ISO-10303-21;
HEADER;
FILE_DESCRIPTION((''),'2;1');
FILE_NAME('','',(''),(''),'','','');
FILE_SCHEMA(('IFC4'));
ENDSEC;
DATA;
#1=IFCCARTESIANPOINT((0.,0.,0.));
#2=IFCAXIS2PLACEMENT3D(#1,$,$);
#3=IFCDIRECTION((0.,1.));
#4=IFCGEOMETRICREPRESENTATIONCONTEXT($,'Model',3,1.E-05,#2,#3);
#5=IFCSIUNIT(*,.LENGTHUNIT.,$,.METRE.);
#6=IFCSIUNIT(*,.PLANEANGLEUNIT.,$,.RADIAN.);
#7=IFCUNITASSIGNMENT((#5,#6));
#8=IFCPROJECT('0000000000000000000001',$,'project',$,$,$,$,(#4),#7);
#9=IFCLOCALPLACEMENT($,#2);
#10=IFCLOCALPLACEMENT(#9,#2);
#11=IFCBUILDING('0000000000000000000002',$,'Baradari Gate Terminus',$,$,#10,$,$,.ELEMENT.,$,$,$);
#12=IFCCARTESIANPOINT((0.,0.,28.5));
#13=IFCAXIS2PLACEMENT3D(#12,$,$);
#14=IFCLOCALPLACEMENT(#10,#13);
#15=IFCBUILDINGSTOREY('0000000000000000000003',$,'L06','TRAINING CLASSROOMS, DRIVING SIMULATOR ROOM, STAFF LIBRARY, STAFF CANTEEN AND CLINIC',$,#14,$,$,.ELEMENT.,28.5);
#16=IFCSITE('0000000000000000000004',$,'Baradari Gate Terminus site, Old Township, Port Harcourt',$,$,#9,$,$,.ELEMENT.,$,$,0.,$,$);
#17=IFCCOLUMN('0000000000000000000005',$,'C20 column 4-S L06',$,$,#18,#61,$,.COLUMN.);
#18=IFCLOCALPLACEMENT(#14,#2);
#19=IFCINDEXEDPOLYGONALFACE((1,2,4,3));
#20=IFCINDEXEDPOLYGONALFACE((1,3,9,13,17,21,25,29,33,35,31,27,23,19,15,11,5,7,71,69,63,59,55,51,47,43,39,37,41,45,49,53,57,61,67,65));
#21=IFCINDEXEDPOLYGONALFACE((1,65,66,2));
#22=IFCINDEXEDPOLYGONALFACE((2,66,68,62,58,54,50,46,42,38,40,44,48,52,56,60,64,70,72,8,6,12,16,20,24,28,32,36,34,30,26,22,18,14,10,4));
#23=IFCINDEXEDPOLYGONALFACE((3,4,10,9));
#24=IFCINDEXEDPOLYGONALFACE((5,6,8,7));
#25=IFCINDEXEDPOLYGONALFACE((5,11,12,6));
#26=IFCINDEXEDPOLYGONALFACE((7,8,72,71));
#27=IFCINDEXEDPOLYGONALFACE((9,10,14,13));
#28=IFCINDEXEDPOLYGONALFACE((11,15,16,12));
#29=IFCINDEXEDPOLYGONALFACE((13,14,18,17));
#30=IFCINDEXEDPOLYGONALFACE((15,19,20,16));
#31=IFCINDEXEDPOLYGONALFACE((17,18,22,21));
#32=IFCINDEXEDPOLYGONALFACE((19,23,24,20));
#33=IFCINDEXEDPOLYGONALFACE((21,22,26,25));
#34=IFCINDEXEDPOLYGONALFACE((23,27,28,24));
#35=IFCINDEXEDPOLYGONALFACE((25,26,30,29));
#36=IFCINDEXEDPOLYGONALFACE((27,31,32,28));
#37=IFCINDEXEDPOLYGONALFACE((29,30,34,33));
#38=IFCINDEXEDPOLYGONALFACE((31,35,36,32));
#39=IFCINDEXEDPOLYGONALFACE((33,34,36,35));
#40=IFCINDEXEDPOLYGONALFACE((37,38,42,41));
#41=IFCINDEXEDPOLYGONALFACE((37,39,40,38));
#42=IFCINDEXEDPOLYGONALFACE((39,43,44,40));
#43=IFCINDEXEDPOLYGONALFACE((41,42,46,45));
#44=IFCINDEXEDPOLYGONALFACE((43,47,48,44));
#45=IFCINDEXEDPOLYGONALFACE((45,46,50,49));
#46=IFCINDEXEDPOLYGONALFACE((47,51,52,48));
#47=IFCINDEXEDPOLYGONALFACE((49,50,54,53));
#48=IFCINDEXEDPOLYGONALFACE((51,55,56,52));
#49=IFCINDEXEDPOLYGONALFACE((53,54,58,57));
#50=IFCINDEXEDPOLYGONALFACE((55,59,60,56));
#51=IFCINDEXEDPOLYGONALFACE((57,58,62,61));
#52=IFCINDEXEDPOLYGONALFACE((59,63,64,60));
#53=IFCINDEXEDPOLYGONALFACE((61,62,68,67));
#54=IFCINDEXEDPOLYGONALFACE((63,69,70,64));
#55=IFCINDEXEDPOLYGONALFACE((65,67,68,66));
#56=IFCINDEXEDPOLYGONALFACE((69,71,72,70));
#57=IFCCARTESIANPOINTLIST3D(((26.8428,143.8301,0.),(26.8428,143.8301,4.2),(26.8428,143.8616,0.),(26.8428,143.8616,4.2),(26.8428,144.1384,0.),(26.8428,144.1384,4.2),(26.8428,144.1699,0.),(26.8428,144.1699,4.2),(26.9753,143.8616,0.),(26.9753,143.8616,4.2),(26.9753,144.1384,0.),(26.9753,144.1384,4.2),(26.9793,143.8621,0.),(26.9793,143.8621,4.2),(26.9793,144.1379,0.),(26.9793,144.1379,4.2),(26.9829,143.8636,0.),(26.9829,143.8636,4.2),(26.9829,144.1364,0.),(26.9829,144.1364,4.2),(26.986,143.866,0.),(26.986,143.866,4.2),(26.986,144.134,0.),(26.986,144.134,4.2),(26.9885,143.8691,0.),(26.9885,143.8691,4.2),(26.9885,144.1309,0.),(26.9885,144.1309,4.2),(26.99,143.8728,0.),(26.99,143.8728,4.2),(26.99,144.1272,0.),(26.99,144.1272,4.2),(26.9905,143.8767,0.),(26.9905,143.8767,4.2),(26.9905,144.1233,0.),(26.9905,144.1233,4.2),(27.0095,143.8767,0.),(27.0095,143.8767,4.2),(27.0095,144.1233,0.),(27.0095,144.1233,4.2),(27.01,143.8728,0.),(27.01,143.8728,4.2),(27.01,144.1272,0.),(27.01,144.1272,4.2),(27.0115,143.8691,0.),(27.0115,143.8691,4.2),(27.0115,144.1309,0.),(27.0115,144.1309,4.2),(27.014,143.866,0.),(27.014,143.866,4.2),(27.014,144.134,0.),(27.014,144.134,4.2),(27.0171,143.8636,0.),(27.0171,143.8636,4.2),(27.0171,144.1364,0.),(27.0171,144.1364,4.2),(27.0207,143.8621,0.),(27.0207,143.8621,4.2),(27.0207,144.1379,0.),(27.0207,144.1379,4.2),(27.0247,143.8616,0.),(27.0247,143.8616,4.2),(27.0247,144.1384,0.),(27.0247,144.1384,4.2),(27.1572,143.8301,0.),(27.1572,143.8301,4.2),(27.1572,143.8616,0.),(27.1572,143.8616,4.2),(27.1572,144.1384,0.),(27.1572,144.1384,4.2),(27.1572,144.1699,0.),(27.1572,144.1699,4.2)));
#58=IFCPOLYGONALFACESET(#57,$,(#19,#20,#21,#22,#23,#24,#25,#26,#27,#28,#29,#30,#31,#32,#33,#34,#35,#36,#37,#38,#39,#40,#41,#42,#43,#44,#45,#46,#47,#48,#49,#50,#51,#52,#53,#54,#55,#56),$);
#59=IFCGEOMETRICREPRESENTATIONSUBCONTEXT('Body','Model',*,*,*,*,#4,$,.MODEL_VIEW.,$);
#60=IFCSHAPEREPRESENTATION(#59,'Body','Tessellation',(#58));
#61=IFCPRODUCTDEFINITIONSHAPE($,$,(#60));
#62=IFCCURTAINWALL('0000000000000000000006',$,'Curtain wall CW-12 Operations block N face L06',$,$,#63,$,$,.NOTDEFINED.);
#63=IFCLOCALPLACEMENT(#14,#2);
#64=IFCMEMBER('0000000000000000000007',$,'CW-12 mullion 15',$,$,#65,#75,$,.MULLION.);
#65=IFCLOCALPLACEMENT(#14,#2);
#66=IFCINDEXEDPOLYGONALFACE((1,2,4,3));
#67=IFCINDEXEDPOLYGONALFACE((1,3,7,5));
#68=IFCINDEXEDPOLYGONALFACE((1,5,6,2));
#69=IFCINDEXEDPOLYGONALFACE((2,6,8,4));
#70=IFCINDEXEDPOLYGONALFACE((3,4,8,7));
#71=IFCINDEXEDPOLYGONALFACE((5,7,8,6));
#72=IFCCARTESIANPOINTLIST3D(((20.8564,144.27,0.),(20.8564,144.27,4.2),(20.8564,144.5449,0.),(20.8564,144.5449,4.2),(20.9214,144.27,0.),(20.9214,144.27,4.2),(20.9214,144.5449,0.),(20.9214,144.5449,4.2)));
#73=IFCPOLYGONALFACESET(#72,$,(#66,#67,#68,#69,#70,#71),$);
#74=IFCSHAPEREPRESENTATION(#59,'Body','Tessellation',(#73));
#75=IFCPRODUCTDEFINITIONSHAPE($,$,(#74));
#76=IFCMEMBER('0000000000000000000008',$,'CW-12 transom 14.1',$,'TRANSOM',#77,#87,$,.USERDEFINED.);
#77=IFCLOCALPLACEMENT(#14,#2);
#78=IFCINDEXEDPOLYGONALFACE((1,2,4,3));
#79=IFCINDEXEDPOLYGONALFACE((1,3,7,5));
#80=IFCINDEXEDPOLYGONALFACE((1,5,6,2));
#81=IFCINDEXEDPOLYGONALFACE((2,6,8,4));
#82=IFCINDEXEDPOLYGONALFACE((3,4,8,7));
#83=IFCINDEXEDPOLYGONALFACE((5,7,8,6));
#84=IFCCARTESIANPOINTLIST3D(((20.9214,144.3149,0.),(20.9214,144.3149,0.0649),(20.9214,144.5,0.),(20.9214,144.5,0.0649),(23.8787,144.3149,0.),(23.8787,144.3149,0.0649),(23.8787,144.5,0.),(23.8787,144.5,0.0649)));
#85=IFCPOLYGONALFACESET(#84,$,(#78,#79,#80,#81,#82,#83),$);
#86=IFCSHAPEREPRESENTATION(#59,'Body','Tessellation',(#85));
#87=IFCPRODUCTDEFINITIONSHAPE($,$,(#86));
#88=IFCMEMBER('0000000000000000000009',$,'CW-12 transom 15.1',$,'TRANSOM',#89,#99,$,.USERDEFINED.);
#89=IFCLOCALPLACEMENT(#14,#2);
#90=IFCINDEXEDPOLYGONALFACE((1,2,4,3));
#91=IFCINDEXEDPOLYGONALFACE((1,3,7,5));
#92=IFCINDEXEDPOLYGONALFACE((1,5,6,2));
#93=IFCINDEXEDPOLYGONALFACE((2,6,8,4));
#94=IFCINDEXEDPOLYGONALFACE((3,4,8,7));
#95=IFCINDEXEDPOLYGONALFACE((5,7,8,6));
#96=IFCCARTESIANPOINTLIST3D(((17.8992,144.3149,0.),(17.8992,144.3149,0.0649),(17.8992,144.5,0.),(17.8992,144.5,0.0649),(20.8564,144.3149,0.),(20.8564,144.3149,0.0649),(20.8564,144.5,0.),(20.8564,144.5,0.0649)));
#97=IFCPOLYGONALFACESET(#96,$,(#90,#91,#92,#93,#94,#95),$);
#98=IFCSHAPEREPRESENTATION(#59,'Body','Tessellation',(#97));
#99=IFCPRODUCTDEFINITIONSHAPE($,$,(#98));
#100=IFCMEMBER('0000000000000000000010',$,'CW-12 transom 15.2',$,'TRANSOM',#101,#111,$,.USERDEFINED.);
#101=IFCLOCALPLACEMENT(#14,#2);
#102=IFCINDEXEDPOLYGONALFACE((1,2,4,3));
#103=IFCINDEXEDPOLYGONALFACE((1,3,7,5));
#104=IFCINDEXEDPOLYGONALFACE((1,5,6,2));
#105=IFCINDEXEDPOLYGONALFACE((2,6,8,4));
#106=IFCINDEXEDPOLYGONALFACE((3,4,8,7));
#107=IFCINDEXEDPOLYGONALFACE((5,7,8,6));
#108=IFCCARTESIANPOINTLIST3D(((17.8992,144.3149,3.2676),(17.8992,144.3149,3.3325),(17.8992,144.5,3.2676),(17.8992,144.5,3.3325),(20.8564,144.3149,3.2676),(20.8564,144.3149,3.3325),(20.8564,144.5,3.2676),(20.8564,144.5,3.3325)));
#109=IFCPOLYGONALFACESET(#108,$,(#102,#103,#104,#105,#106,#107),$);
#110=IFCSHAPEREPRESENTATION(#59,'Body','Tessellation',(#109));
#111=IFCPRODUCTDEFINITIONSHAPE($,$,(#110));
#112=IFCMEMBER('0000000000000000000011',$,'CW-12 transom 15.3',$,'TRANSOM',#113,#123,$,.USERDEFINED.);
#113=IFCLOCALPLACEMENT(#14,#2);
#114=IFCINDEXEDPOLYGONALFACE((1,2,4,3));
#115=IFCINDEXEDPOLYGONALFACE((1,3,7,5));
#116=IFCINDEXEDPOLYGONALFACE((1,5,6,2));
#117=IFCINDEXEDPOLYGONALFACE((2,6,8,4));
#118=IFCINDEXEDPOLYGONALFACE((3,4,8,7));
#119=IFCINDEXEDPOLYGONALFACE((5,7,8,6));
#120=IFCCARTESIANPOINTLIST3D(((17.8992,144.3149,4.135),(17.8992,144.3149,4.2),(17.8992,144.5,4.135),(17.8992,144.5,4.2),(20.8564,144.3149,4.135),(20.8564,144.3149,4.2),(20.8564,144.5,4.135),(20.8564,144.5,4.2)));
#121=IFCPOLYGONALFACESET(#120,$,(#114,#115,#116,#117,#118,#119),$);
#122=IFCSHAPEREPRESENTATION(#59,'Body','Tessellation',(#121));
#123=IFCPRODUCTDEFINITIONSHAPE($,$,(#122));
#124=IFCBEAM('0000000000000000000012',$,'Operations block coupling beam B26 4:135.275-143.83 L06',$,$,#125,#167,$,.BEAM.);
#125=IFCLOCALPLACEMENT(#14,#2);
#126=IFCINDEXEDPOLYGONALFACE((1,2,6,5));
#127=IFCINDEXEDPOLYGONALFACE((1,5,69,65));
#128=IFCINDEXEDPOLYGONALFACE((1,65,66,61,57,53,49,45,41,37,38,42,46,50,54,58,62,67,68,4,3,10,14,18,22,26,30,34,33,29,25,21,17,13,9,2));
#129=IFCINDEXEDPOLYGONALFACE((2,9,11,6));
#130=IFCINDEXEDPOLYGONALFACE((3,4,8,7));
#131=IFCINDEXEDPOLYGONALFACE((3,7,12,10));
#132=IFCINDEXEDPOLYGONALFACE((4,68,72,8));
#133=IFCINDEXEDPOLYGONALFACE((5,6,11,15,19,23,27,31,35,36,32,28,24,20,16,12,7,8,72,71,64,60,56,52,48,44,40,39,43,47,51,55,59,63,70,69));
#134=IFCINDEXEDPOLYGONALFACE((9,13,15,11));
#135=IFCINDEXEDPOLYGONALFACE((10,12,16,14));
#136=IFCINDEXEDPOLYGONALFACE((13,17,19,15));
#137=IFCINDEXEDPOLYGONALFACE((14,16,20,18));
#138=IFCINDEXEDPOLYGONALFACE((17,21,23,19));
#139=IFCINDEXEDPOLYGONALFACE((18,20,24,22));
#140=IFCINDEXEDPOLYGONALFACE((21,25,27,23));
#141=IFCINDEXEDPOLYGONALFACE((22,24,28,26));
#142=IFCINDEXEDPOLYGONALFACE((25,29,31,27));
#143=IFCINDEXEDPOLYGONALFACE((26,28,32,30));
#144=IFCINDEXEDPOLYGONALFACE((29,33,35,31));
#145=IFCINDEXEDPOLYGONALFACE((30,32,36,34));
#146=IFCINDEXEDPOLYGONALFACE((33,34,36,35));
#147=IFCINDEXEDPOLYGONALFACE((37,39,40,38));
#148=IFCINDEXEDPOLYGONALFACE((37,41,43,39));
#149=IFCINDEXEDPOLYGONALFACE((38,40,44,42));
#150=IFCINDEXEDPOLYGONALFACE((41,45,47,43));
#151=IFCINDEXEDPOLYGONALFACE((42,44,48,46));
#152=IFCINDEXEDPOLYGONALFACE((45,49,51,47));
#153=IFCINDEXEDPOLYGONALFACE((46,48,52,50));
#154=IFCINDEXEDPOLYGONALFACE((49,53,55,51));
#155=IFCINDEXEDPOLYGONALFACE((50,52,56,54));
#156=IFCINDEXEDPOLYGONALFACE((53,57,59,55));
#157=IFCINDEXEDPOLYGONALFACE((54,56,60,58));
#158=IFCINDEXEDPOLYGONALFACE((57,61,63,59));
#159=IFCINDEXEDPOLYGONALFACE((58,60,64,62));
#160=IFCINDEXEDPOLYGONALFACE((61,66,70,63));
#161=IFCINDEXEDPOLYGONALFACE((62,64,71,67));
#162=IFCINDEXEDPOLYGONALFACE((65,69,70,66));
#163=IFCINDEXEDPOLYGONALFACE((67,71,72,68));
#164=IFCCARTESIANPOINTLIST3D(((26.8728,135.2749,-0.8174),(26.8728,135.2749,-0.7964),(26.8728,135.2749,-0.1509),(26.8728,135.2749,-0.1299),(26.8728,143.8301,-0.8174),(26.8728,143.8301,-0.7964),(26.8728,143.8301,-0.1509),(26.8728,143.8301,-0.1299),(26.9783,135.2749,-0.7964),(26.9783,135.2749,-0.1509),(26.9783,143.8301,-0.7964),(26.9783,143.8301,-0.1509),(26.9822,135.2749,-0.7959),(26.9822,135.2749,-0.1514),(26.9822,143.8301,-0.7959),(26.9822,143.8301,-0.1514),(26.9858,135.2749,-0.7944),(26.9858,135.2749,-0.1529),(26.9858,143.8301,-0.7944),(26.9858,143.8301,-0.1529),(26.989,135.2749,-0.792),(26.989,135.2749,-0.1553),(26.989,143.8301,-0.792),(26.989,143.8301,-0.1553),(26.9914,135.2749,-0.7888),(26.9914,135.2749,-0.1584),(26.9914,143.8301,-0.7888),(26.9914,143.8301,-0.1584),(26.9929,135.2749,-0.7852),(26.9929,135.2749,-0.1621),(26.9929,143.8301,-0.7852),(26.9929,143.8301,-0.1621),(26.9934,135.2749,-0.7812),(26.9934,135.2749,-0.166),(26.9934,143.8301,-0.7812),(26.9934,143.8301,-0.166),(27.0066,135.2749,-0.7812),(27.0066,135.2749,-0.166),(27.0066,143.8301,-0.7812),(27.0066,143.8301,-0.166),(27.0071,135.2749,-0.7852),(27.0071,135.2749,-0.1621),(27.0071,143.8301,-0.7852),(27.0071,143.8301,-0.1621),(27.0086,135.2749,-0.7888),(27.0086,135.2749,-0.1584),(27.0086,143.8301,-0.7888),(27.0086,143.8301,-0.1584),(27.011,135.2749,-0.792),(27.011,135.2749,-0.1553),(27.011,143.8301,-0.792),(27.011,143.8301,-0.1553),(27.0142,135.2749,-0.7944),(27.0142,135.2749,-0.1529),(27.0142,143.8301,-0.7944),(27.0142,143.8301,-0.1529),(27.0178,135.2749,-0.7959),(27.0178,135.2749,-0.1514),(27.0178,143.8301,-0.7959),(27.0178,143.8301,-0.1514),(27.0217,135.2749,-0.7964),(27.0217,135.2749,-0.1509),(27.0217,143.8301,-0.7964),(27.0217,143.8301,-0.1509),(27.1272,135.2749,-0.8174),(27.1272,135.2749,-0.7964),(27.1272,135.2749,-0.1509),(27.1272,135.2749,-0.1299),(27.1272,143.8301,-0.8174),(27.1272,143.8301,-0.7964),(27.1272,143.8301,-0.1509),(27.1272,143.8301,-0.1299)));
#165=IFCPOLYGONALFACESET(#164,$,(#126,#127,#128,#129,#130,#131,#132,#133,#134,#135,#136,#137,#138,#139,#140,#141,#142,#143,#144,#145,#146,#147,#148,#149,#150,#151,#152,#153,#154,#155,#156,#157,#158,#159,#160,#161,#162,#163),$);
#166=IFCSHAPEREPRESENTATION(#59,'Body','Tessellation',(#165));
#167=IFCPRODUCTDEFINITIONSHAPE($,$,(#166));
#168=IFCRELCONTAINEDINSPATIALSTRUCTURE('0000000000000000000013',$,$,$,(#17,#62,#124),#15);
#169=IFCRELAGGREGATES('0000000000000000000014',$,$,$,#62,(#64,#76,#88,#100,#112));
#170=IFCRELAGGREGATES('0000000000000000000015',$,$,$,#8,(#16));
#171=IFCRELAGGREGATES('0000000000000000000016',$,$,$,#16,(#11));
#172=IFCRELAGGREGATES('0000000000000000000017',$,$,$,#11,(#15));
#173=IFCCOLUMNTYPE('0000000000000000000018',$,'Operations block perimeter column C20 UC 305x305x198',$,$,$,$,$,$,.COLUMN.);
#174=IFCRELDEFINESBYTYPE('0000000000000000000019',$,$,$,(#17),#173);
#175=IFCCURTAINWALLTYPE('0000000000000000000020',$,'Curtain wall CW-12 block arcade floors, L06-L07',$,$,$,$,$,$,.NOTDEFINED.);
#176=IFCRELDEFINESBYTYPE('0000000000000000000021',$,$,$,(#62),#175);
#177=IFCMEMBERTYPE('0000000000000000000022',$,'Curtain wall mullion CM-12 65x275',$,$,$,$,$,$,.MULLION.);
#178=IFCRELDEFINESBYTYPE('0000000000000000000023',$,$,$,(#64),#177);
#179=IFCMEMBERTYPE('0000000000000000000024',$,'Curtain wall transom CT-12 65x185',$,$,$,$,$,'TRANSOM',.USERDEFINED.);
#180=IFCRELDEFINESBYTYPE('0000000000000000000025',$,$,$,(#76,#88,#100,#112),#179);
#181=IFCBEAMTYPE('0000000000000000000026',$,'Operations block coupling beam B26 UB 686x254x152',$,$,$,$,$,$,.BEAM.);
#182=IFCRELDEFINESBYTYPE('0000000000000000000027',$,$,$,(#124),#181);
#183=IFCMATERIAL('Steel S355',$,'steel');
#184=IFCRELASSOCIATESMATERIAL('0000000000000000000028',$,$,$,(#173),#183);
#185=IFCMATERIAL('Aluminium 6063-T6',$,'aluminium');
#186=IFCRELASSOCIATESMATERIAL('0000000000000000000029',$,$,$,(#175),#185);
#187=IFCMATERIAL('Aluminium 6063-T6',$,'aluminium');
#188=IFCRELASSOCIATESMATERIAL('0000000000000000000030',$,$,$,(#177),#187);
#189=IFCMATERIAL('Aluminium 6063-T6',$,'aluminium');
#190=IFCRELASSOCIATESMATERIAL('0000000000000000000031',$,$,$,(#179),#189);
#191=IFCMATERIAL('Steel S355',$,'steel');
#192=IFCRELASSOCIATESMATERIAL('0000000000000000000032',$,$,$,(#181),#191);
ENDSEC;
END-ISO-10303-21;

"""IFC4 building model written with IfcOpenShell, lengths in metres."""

from ifc_helpers import new_model, si_unit, direction, frame, origin, origin_2d, place, context, subcontext, project, spatial, rectangle, i_section, extrude, material, material_profile, profile_set, type_object, element, aggregate, save


model = new_model("IFC4")

# Units and contexts
model_context = context("Model", 3, precision=1e-05, world=origin(), true_north=direction((0.0, 1.0)))
body_context = subcontext(model_context, "Body", "Model", "MODEL_VIEW")
ifc_project = project(units=[si_unit("LENGTHUNIT", "METRE"), si_unit("PLANEANGLEUNIT", "RADIAN")], contexts=[model_context])

# Site, building, storey
site_placement = place(None, origin())
site = spatial("IfcSite", under=ifc_project, at=site_placement, Name="Baradari Gate Terminus site, Old Township, Port Harcourt", CompositionType="ELEMENT", RefElevation=0.0)
building_placement = place(site_placement, origin())
building = spatial("IfcBuilding", under=site, at=building_placement, Name="Baradari Gate Terminus", CompositionType="ELEMENT")
storey_placement = place(building_placement, frame((0.0, 0.0, 28.5)))
storey = spatial("IfcBuildingStorey", under=building, at=storey_placement, Name="L06", Description="TRAINING CLASSROOMS, DRIVING SIMULATOR ROOM, STAFF LIBRARY, STAFF CANTEEN AND CLINIC", CompositionType="ELEMENT", Elevation=28.5)

# Column
ifc_material_1 = material(Name="Steel S355", Category="steel")
ifc_material_profile_1 = material_profile(ifc_material_1, i_section(OverallWidth=0.3145, OverallDepth=0.3398, WebThickness=0.019, FlangeThickness=0.0315, FilletRadius=0.0151, at=origin_2d()), Name="UC 305x305x198")
ifc_profile_set_1 = profile_set([ifc_material_profile_1], Name="Steel S355")
column_type = type_object("IfcColumnType", Name="Operations block perimeter column C20 UC 305x305x198", PredefinedType="COLUMN", material=ifc_profile_set_1)
column_placement = place(storey_placement, frame((27.0, 144.0, 0.0), z_axis=(0.0, 0.0, 1.0), x_axis=(1.0, 0.0, 0.0)))
element("IfcColumn", 1, at=column_placement, inside=storey, type_object=column_type, Name="C20 column 4-S L06", PredefinedType="COLUMN", context=body_context, shape_type="SweptSolid", body=[
    extrude(i_section(OverallWidth=0.3145, OverallDepth=0.3398, WebThickness=0.019, FlangeThickness=0.0315, FilletRadius=0.0151, at=origin_2d()), origin(), (0.0, 0.0, 1.0), 4.2),
])

# Curtain wall, members
ifc_material_2 = material(Name="Aluminium 6063-T6", Category="aluminium")
curtain_wall_type = type_object("IfcCurtainWallType", Name="Curtain wall CW-12 block arcade floors, L06-L07", PredefinedType="NOTDEFINED", material=ifc_material_2)
curtain_wall_placement = place(storey_placement, origin())
curtain_wall = element("IfcCurtainWall", 2, at=curtain_wall_placement, inside=storey, type_object=curtain_wall_type, Name="Curtain wall CW-12 Operations block N face L06", PredefinedType="NOTDEFINED")
ifc_material_3 = material(Name="Aluminium 6063-T6", Category="aluminium")
ifc_material_profile_2 = material_profile(ifc_material_3, rectangle(XDim=0.2749, YDim=0.0649, at=origin_2d()), Name="CM-12 65X275")
ifc_profile_set_2 = profile_set([ifc_material_profile_2], Name="Aluminium 6063-T6")
member_type_1 = type_object("IfcMemberType", Name="Curtain wall mullion CM-12 65x275", PredefinedType="MULLION", material=ifc_profile_set_2)
member_1_placement = place(storey_placement, frame((20.8889, 144.4075, 0.0), z_axis=(0.0, 0.0, 1.0), x_axis=(0.0, -1.0, 0.0)))
member_1 = element("IfcMember", 3, at=member_1_placement, type_object=member_type_1, Name="CW-12 mullion 15", PredefinedType="MULLION", context=body_context, shape_type="SweptSolid", body=[
    extrude(rectangle(XDim=0.2749, YDim=0.0649, at=origin_2d()), origin(), (0.0, 0.0, 1.0), 4.2),
])
ifc_material_4 = material(Name="Aluminium 6063-T6", Category="aluminium")
ifc_material_profile_3 = material_profile(ifc_material_4, rectangle(XDim=0.1851, YDim=0.0649, at=origin_2d()), Name="CT-12 65X185")
ifc_profile_set_3 = profile_set([ifc_material_profile_3], Name="Aluminium 6063-T6")
member_type_2 = type_object("IfcMemberType", Name="Curtain wall transom CT-12 65x185", ElementType="TRANSOM", PredefinedType="USERDEFINED", material=ifc_profile_set_3)
member_2_placement = place(storey_placement, frame((23.8787, 144.4075, 0.0325), z_axis=(-1.0, 0.0, 0.0), x_axis=(0.0, -1.0, 0.0)))
member_2 = element("IfcMember", 4, at=member_2_placement, type_object=member_type_2, Name="CW-12 transom 14.1", ObjectType="TRANSOM", PredefinedType="USERDEFINED", context=body_context, shape_type="SweptSolid", body=[
    extrude(rectangle(XDim=0.1851, YDim=0.0649, at=origin_2d()), origin(), (0.0, 0.0, 1.0), 2.9573),
])
member_3_placement = place(storey_placement, frame((20.8564, 144.4075, 0.0325), z_axis=(-1.0, 0.0, 0.0), x_axis=(0.0, -1.0, 0.0)))
member_3 = element("IfcMember", 5, at=member_3_placement, type_object=member_type_2, Name="CW-12 transom 15.1", ObjectType="TRANSOM", PredefinedType="USERDEFINED", context=body_context, shape_type="SweptSolid", body=[
    extrude(rectangle(XDim=0.1851, YDim=0.0649, at=origin_2d()), origin(), (0.0, 0.0, 1.0), 2.9573),
])
member_4_placement = place(storey_placement, frame((20.8564, 144.4075, 3.3), z_axis=(-1.0, 0.0, 0.0), x_axis=(0.0, -1.0, 0.0)))
member_4 = element("IfcMember", 6, at=member_4_placement, type_object=member_type_2, Name="CW-12 transom 15.2", ObjectType="TRANSOM", PredefinedType="USERDEFINED", context=body_context, shape_type="SweptSolid", body=[
    extrude(rectangle(XDim=0.1851, YDim=0.0649, at=origin_2d()), origin(), (0.0, 0.0, 1.0), 2.9573),
])
member_5_placement = place(storey_placement, frame((20.8564, 144.4075, 4.1675), z_axis=(-1.0, 0.0, 0.0), x_axis=(0.0, -1.0, 0.0)))
member_5 = element("IfcMember", 7, at=member_5_placement, type_object=member_type_2, Name="CW-12 transom 15.3", ObjectType="TRANSOM", PredefinedType="USERDEFINED", context=body_context, shape_type="SweptSolid", body=[
    extrude(rectangle(XDim=0.1851, YDim=0.0649, at=origin_2d()), origin(), (0.0, 0.0, 1.0), 2.9573),
])

# Beam
ifc_material_5 = material(Name="Steel S355", Category="steel")
ifc_material_profile_4 = material_profile(ifc_material_5, i_section(OverallWidth=0.2544, OverallDepth=0.6875, WebThickness=0.0132, FlangeThickness=0.021, FilletRadius=0.0151, at=origin_2d()), Name="UB 686x254x152")
ifc_profile_set_4 = profile_set([ifc_material_profile_4], Name="Steel S355")
beam_type_1 = type_object("IfcBeamType", Name="Operations block coupling beam B26 UB 686x254x152", PredefinedType="BEAM", material=ifc_profile_set_4)
beam_1_placement = place(storey_placement, frame((27.0, 135.2749, -0.4736), z_axis=(0.0, 1.0, 0.0), x_axis=(-1.0, 0.0, 0.0)))
element("IfcBeam", 8, at=beam_1_placement, inside=storey, type_object=beam_type_1, Name="Operations block coupling beam B26 4:135.275-143.83 L06", PredefinedType="BEAM", context=body_context, shape_type="SweptSolid", body=[
    extrude(i_section(OverallWidth=0.2544, OverallDepth=0.6875, WebThickness=0.0132, FlangeThickness=0.021, FilletRadius=0.0151, at=origin_2d()), origin(), (0.0, 0.0, 1.0), 8.5552),
])

aggregate(curtain_wall, [member_1, member_2, member_3, member_4, member_5])

save(model, "model.ifc")
